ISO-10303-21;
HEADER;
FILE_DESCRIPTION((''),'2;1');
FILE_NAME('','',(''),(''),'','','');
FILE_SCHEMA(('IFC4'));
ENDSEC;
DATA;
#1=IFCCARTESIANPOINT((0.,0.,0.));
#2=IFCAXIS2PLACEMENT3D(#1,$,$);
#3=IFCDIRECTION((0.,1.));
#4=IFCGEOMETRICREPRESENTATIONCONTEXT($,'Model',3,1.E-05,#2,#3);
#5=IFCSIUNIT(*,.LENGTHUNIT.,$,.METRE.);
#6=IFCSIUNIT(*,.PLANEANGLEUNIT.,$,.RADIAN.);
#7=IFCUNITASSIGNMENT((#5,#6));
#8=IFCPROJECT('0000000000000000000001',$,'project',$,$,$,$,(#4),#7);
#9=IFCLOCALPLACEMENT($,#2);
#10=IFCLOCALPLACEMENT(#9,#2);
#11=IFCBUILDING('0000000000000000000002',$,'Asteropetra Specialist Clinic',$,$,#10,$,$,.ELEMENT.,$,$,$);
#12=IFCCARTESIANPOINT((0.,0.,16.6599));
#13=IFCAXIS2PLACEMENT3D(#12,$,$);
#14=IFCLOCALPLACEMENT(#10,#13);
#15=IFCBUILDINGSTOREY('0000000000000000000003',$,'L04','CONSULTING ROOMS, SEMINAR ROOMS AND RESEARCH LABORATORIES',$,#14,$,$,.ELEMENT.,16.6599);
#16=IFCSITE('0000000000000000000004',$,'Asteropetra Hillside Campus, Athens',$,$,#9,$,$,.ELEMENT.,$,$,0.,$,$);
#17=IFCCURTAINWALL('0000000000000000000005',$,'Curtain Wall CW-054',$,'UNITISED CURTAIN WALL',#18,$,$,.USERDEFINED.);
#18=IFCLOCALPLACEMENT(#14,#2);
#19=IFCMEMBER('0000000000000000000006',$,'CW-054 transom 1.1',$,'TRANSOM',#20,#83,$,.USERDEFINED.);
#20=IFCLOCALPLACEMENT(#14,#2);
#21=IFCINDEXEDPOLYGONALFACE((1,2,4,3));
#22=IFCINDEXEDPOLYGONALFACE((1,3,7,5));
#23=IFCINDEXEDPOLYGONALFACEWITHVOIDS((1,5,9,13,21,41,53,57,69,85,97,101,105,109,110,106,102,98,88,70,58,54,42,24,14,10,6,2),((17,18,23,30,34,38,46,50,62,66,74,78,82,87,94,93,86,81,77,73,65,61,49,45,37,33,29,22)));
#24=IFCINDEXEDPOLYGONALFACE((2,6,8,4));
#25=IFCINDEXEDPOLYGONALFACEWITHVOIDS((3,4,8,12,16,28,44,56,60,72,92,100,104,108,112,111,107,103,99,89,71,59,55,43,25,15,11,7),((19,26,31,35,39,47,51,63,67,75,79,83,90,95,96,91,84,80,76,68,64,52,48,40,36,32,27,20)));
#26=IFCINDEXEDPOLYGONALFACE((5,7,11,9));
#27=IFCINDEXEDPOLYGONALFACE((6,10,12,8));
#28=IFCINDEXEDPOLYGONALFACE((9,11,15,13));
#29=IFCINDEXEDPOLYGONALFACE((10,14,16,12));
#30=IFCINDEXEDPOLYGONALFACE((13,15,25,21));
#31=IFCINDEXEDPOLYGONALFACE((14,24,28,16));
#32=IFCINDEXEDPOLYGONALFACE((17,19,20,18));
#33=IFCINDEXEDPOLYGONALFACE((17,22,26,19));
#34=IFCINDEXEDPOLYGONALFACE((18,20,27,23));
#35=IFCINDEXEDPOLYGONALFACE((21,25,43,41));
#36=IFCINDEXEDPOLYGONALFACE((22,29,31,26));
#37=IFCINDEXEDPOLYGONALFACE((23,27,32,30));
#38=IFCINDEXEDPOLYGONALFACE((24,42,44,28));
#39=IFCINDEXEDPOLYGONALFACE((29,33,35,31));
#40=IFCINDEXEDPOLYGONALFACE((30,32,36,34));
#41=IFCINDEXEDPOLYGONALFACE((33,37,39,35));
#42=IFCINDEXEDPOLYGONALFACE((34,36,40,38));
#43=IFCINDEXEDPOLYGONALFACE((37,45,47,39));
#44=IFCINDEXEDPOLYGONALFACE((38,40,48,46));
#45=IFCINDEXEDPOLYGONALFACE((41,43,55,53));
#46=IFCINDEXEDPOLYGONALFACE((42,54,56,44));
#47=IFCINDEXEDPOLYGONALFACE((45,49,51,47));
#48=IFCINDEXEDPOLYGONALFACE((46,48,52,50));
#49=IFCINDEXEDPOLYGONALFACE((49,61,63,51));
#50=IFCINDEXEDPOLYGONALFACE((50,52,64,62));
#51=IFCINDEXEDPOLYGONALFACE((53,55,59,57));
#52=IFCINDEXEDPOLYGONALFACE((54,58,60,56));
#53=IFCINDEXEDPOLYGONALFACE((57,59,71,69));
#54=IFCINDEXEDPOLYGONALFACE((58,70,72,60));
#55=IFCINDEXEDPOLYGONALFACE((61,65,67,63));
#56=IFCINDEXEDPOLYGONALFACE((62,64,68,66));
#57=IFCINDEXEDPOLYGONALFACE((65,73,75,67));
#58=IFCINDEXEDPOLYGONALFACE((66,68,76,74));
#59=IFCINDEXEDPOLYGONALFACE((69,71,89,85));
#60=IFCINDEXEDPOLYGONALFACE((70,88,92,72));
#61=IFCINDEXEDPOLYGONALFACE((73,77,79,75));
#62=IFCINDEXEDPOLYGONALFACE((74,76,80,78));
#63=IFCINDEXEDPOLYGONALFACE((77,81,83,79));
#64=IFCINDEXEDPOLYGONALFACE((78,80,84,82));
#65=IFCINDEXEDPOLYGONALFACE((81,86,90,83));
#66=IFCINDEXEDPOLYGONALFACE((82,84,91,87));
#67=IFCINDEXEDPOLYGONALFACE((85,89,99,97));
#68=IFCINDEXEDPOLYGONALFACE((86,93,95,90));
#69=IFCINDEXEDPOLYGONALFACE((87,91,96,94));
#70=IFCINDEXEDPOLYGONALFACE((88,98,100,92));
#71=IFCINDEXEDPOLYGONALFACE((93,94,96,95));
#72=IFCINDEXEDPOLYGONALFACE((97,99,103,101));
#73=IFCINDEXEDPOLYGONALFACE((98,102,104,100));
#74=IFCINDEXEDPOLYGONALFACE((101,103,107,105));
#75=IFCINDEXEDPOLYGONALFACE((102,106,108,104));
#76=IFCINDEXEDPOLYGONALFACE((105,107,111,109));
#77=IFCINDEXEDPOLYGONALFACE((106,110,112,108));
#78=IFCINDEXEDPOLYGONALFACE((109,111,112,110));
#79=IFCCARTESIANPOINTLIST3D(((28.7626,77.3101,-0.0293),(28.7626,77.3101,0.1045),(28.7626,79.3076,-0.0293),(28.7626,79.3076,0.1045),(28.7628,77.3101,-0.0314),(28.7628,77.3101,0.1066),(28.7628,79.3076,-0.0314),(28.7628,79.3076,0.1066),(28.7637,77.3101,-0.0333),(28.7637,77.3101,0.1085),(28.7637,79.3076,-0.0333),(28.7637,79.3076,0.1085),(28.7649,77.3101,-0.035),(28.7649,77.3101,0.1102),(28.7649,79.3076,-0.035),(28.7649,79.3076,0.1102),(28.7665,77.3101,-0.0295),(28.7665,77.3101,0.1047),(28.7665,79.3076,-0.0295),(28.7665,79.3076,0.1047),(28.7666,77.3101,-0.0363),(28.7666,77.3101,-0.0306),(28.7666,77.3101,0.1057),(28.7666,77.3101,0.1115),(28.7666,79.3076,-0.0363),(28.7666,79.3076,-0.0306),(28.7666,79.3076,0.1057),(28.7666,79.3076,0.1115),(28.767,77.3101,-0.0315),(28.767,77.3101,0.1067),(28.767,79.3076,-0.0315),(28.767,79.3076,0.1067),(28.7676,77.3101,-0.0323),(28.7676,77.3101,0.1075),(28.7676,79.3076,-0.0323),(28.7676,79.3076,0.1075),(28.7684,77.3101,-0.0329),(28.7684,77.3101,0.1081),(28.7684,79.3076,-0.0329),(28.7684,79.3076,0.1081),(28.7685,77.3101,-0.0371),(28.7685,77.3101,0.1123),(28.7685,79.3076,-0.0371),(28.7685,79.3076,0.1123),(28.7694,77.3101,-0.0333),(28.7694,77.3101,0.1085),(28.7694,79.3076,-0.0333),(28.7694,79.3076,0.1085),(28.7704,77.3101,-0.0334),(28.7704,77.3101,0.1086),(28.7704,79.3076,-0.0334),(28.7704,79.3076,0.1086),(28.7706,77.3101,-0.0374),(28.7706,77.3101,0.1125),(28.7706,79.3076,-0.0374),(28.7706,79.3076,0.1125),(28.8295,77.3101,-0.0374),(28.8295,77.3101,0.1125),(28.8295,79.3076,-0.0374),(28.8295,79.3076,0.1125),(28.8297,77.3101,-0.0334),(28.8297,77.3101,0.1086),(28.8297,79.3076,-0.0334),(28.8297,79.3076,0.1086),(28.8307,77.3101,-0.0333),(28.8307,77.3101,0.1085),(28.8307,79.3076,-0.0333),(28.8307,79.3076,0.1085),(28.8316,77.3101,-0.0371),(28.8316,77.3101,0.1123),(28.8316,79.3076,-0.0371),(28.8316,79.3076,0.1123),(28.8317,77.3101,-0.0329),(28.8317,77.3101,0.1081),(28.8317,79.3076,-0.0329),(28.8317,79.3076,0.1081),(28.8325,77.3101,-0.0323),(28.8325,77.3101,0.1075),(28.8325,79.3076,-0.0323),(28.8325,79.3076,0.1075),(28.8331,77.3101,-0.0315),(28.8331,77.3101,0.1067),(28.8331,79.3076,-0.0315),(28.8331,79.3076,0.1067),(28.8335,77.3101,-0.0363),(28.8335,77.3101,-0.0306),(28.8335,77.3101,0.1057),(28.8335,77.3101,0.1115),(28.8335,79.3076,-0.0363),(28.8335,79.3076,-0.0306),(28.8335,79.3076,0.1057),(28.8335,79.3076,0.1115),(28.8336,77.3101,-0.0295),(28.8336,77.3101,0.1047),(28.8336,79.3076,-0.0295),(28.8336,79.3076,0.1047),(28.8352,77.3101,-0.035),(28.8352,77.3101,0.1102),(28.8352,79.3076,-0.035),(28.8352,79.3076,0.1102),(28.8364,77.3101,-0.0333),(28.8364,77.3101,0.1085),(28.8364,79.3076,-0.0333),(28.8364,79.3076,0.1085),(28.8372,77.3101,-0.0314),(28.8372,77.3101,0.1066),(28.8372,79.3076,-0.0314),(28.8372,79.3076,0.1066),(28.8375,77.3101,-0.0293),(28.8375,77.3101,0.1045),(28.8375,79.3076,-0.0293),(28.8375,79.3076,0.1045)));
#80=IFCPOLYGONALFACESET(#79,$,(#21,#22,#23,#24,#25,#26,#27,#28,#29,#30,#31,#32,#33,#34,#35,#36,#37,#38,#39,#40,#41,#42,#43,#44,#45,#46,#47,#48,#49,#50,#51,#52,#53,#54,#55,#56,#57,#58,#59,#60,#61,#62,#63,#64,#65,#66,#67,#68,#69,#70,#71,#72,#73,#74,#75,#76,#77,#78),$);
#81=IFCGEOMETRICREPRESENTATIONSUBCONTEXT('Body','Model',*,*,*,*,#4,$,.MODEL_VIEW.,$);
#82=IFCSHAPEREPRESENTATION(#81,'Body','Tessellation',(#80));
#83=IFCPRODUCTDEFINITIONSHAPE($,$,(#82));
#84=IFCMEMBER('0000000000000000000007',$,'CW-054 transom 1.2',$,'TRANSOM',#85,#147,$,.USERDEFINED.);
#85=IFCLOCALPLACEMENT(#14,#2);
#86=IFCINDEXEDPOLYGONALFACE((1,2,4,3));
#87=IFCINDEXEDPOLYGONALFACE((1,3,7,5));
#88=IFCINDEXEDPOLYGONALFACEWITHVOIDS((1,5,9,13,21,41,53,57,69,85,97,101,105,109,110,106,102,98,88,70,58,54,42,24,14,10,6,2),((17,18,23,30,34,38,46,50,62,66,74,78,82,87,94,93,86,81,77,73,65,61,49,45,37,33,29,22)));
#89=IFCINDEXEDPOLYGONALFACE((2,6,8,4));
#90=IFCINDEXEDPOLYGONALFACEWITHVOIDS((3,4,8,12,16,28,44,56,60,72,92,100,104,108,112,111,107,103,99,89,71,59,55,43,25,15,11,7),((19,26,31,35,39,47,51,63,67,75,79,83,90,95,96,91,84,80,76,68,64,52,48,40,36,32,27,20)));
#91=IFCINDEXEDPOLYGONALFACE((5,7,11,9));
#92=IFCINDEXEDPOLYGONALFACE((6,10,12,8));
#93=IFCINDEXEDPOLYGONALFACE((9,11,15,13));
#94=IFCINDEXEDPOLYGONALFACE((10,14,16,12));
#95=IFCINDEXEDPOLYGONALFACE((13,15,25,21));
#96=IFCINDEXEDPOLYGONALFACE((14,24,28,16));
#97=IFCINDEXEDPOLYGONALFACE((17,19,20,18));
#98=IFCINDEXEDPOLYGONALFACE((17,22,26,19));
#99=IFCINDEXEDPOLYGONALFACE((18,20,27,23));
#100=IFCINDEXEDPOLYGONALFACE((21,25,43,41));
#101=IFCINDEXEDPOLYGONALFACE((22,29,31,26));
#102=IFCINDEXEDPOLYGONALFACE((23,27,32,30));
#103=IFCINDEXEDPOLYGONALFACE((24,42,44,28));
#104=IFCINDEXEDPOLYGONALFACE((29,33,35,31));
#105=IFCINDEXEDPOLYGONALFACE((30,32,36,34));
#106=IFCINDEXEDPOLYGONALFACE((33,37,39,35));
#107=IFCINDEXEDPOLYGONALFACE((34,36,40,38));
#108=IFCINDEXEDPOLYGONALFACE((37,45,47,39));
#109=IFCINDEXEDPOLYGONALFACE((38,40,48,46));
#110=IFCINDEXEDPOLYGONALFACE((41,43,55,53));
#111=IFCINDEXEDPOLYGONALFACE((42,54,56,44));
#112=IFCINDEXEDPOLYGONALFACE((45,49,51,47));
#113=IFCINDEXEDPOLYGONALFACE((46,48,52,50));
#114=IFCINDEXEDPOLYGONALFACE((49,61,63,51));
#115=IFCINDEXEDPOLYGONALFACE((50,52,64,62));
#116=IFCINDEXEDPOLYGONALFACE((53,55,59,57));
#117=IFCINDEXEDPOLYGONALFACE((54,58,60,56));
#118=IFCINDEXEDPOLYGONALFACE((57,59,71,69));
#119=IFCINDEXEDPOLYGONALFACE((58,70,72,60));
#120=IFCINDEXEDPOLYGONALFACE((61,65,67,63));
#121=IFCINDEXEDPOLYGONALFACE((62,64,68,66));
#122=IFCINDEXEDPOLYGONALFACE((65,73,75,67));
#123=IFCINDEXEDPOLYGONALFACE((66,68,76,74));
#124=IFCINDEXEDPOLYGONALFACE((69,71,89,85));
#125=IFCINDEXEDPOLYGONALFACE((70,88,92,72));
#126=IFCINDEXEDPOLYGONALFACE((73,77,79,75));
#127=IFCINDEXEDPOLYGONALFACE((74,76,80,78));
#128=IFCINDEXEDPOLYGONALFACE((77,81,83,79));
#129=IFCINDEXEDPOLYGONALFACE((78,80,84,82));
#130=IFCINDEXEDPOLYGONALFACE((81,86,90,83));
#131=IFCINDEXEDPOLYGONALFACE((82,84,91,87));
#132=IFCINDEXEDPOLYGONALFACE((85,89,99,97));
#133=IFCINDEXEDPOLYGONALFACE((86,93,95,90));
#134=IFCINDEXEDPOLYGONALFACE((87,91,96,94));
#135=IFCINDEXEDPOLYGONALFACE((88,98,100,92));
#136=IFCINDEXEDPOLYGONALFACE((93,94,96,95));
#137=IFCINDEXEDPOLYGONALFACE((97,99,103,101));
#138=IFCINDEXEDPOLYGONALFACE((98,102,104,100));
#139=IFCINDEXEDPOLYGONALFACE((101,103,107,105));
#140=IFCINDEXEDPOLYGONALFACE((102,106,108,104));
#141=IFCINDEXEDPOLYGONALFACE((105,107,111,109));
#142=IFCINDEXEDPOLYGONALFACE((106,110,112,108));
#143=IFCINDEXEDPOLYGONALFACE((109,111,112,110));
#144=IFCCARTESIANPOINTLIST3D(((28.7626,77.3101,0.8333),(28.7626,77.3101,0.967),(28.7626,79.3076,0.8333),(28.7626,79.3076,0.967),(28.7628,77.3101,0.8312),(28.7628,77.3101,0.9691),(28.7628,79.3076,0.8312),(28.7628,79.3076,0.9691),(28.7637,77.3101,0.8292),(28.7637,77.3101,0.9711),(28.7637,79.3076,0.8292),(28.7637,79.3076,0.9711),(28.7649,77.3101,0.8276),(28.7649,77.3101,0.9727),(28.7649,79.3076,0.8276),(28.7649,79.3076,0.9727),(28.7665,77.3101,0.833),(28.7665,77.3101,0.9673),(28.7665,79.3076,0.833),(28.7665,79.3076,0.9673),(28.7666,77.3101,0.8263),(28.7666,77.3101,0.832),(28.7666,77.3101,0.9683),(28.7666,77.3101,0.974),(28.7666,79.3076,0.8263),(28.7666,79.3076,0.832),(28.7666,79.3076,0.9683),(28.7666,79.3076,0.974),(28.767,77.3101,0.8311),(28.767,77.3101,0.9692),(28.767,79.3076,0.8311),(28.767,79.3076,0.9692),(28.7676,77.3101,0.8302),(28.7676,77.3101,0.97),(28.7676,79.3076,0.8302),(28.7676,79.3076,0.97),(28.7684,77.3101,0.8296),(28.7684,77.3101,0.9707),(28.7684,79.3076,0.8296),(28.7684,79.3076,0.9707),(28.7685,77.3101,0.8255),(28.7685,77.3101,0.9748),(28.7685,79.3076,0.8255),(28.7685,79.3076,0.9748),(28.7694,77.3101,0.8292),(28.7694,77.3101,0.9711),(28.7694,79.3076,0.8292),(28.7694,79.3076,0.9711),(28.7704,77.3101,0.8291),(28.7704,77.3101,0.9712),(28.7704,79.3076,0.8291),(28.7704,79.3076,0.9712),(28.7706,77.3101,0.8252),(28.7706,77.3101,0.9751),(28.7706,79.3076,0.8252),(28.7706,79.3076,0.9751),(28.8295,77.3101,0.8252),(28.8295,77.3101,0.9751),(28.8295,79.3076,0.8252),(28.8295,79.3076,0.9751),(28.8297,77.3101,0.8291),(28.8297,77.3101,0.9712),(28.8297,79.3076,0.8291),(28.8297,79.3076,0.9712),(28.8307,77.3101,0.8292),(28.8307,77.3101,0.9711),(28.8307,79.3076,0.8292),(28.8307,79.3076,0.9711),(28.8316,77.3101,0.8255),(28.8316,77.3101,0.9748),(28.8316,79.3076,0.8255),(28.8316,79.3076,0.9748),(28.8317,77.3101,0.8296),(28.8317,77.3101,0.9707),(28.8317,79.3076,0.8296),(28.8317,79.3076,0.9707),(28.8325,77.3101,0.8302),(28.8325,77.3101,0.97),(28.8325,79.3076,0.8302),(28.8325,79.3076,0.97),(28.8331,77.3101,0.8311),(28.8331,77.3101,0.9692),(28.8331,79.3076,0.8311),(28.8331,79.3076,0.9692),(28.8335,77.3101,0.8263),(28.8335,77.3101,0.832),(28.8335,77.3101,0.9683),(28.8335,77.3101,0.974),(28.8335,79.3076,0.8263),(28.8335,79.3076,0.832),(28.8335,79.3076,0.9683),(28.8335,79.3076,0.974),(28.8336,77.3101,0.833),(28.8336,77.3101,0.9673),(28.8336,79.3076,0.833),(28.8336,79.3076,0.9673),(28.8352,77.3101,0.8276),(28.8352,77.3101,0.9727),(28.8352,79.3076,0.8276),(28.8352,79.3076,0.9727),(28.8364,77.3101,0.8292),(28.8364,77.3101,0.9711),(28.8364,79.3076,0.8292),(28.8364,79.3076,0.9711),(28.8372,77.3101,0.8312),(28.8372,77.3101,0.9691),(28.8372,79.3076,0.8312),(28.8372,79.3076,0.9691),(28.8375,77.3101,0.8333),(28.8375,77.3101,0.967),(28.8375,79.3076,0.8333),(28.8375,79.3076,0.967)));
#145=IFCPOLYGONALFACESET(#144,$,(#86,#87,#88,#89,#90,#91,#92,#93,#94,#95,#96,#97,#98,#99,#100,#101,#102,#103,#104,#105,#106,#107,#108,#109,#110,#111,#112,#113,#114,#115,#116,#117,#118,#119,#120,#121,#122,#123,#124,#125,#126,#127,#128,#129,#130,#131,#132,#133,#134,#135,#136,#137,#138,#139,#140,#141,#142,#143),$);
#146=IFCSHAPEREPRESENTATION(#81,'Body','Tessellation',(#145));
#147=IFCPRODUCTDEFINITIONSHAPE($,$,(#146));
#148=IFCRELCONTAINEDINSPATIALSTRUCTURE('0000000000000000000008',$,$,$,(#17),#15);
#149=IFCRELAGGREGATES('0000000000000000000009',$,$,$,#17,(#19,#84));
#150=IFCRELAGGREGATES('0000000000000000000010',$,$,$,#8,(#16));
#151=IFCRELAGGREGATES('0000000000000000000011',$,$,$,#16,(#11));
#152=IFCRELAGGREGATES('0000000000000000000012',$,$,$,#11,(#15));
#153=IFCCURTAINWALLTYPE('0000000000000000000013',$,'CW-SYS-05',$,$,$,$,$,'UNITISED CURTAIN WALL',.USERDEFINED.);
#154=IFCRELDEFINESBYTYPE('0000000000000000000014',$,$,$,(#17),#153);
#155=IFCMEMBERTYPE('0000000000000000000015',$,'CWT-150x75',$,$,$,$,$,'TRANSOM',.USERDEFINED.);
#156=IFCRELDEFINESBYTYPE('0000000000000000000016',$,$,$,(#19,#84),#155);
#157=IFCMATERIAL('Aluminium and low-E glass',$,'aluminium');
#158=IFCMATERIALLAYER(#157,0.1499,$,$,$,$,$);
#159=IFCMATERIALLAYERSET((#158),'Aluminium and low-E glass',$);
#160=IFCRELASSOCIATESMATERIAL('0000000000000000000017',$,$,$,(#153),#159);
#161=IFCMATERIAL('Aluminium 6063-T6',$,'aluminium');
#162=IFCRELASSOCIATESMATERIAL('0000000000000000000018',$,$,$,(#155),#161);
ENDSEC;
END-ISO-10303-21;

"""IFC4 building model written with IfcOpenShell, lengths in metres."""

from ifc_helpers import new_model, si_unit, direction, frame, origin, origin_2d, place, context, subcontext, project, spatial, hollow_rectangle, extrude, material, layer, layer_set, material_profile, profile_set, type_object, element, aggregate, save


model = new_model("IFC4")

# Units and contexts
model_context = context("Model", 3, precision=1e-05, world=origin(), true_north=direction((0.0, 1.0)))
body_context = subcontext(model_context, "Body", "Model", "MODEL_VIEW")
ifc_project = project(units=[si_unit("LENGTHUNIT", "METRE"), si_unit("PLANEANGLEUNIT", "RADIAN")], contexts=[model_context])

# Site, building, storey
site_placement = place(None, origin())
site = spatial("IfcSite", under=ifc_project, at=site_placement, Name="Asteropetra Hillside Campus, Athens", CompositionType="ELEMENT", RefElevation=0.0)
building_placement = place(site_placement, origin())
building = spatial("IfcBuilding", under=site, at=building_placement, Name="Asteropetra Specialist Clinic", CompositionType="ELEMENT")
storey_placement = place(building_placement, frame((0.0, 0.0, 16.6599)))
storey = spatial("IfcBuildingStorey", under=building, at=storey_placement, Name="L04", Description="CONSULTING ROOMS, SEMINAR ROOMS AND RESEARCH LABORATORIES", CompositionType="ELEMENT", Elevation=16.6599)

# Curtain wall
ifc_material_1 = material(Name="Aluminium and low-E glass", Category="aluminium")
ifc_layer_1 = layer(ifc_material_1, 0.1499)
ifc_layer_set_1 = layer_set([ifc_layer_1], Name="Aluminium and low-E glass")
curtain_wall_type_1 = type_object("IfcCurtainWallType", Name="CW-SYS-05", ElementType="UNITISED CURTAIN WALL", PredefinedType="USERDEFINED", material=ifc_layer_set_1)
curtain_wall_1_placement = place(storey_placement, origin())
curtain_wall_1 = element("IfcCurtainWall", 1, at=curtain_wall_1_placement, inside=storey, type_object=curtain_wall_type_1, Name="Curtain Wall CW-054", ObjectType="UNITISED CURTAIN WALL", PredefinedType="USERDEFINED")

# Members
ifc_material_2 = material(Name="Aluminium 6063-T6", Category="aluminium")
ifc_material_profile_1 = material_profile(ifc_material_2, hollow_rectangle(XDim=0.075, YDim=0.1499, WallThickness=0.0039, InnerFilletRadius=0.0039, OuterFilletRadius=0.0081, at=origin_2d()), Name="TRN 150x75x4.0")
ifc_profile_set_1 = profile_set([ifc_material_profile_1], Name="Aluminium 6063-T6")
member_type_1 = type_object("IfcMemberType", Name="CWT-150x75", ElementType="TRANSOM", PredefinedType="USERDEFINED", material=ifc_profile_set_1)
member_1_placement = place(storey_placement, frame((28.8, 77.3101, 0.0376), z_axis=(0.0, 1.0, 0.0), x_axis=(-1.0, 0.0, 0.0)))
member_1 = element("IfcMember", 2, at=member_1_placement, type_object=member_type_1, Name="CW-054 transom 1.1", ObjectType="TRANSOM", PredefinedType="USERDEFINED", context=body_context, shape_type="SweptSolid", body=[
    extrude(hollow_rectangle(XDim=0.075, YDim=0.1499, WallThickness=0.0039, InnerFilletRadius=0.0039, OuterFilletRadius=0.0081, at=origin_2d()), origin(), (0.0, 0.0, 1.0), 1.9976),
])
member_2_placement = place(storey_placement, frame((28.8, 77.3101, 0.9001), z_axis=(0.0, 1.0, 0.0), x_axis=(-1.0, 0.0, 0.0)))
member_2 = element("IfcMember", 3, at=member_2_placement, type_object=member_type_1, Name="CW-054 transom 1.2", ObjectType="TRANSOM", PredefinedType="USERDEFINED", context=body_context, shape_type="SweptSolid", body=[
    extrude(hollow_rectangle(XDim=0.075, YDim=0.1499, WallThickness=0.0039, InnerFilletRadius=0.0039, OuterFilletRadius=0.0081, at=origin_2d()), origin(), (0.0, 0.0, 1.0), 1.9976),
])

aggregate(curtain_wall_1, [member_1, member_2])

save(model, "model.ifc")
